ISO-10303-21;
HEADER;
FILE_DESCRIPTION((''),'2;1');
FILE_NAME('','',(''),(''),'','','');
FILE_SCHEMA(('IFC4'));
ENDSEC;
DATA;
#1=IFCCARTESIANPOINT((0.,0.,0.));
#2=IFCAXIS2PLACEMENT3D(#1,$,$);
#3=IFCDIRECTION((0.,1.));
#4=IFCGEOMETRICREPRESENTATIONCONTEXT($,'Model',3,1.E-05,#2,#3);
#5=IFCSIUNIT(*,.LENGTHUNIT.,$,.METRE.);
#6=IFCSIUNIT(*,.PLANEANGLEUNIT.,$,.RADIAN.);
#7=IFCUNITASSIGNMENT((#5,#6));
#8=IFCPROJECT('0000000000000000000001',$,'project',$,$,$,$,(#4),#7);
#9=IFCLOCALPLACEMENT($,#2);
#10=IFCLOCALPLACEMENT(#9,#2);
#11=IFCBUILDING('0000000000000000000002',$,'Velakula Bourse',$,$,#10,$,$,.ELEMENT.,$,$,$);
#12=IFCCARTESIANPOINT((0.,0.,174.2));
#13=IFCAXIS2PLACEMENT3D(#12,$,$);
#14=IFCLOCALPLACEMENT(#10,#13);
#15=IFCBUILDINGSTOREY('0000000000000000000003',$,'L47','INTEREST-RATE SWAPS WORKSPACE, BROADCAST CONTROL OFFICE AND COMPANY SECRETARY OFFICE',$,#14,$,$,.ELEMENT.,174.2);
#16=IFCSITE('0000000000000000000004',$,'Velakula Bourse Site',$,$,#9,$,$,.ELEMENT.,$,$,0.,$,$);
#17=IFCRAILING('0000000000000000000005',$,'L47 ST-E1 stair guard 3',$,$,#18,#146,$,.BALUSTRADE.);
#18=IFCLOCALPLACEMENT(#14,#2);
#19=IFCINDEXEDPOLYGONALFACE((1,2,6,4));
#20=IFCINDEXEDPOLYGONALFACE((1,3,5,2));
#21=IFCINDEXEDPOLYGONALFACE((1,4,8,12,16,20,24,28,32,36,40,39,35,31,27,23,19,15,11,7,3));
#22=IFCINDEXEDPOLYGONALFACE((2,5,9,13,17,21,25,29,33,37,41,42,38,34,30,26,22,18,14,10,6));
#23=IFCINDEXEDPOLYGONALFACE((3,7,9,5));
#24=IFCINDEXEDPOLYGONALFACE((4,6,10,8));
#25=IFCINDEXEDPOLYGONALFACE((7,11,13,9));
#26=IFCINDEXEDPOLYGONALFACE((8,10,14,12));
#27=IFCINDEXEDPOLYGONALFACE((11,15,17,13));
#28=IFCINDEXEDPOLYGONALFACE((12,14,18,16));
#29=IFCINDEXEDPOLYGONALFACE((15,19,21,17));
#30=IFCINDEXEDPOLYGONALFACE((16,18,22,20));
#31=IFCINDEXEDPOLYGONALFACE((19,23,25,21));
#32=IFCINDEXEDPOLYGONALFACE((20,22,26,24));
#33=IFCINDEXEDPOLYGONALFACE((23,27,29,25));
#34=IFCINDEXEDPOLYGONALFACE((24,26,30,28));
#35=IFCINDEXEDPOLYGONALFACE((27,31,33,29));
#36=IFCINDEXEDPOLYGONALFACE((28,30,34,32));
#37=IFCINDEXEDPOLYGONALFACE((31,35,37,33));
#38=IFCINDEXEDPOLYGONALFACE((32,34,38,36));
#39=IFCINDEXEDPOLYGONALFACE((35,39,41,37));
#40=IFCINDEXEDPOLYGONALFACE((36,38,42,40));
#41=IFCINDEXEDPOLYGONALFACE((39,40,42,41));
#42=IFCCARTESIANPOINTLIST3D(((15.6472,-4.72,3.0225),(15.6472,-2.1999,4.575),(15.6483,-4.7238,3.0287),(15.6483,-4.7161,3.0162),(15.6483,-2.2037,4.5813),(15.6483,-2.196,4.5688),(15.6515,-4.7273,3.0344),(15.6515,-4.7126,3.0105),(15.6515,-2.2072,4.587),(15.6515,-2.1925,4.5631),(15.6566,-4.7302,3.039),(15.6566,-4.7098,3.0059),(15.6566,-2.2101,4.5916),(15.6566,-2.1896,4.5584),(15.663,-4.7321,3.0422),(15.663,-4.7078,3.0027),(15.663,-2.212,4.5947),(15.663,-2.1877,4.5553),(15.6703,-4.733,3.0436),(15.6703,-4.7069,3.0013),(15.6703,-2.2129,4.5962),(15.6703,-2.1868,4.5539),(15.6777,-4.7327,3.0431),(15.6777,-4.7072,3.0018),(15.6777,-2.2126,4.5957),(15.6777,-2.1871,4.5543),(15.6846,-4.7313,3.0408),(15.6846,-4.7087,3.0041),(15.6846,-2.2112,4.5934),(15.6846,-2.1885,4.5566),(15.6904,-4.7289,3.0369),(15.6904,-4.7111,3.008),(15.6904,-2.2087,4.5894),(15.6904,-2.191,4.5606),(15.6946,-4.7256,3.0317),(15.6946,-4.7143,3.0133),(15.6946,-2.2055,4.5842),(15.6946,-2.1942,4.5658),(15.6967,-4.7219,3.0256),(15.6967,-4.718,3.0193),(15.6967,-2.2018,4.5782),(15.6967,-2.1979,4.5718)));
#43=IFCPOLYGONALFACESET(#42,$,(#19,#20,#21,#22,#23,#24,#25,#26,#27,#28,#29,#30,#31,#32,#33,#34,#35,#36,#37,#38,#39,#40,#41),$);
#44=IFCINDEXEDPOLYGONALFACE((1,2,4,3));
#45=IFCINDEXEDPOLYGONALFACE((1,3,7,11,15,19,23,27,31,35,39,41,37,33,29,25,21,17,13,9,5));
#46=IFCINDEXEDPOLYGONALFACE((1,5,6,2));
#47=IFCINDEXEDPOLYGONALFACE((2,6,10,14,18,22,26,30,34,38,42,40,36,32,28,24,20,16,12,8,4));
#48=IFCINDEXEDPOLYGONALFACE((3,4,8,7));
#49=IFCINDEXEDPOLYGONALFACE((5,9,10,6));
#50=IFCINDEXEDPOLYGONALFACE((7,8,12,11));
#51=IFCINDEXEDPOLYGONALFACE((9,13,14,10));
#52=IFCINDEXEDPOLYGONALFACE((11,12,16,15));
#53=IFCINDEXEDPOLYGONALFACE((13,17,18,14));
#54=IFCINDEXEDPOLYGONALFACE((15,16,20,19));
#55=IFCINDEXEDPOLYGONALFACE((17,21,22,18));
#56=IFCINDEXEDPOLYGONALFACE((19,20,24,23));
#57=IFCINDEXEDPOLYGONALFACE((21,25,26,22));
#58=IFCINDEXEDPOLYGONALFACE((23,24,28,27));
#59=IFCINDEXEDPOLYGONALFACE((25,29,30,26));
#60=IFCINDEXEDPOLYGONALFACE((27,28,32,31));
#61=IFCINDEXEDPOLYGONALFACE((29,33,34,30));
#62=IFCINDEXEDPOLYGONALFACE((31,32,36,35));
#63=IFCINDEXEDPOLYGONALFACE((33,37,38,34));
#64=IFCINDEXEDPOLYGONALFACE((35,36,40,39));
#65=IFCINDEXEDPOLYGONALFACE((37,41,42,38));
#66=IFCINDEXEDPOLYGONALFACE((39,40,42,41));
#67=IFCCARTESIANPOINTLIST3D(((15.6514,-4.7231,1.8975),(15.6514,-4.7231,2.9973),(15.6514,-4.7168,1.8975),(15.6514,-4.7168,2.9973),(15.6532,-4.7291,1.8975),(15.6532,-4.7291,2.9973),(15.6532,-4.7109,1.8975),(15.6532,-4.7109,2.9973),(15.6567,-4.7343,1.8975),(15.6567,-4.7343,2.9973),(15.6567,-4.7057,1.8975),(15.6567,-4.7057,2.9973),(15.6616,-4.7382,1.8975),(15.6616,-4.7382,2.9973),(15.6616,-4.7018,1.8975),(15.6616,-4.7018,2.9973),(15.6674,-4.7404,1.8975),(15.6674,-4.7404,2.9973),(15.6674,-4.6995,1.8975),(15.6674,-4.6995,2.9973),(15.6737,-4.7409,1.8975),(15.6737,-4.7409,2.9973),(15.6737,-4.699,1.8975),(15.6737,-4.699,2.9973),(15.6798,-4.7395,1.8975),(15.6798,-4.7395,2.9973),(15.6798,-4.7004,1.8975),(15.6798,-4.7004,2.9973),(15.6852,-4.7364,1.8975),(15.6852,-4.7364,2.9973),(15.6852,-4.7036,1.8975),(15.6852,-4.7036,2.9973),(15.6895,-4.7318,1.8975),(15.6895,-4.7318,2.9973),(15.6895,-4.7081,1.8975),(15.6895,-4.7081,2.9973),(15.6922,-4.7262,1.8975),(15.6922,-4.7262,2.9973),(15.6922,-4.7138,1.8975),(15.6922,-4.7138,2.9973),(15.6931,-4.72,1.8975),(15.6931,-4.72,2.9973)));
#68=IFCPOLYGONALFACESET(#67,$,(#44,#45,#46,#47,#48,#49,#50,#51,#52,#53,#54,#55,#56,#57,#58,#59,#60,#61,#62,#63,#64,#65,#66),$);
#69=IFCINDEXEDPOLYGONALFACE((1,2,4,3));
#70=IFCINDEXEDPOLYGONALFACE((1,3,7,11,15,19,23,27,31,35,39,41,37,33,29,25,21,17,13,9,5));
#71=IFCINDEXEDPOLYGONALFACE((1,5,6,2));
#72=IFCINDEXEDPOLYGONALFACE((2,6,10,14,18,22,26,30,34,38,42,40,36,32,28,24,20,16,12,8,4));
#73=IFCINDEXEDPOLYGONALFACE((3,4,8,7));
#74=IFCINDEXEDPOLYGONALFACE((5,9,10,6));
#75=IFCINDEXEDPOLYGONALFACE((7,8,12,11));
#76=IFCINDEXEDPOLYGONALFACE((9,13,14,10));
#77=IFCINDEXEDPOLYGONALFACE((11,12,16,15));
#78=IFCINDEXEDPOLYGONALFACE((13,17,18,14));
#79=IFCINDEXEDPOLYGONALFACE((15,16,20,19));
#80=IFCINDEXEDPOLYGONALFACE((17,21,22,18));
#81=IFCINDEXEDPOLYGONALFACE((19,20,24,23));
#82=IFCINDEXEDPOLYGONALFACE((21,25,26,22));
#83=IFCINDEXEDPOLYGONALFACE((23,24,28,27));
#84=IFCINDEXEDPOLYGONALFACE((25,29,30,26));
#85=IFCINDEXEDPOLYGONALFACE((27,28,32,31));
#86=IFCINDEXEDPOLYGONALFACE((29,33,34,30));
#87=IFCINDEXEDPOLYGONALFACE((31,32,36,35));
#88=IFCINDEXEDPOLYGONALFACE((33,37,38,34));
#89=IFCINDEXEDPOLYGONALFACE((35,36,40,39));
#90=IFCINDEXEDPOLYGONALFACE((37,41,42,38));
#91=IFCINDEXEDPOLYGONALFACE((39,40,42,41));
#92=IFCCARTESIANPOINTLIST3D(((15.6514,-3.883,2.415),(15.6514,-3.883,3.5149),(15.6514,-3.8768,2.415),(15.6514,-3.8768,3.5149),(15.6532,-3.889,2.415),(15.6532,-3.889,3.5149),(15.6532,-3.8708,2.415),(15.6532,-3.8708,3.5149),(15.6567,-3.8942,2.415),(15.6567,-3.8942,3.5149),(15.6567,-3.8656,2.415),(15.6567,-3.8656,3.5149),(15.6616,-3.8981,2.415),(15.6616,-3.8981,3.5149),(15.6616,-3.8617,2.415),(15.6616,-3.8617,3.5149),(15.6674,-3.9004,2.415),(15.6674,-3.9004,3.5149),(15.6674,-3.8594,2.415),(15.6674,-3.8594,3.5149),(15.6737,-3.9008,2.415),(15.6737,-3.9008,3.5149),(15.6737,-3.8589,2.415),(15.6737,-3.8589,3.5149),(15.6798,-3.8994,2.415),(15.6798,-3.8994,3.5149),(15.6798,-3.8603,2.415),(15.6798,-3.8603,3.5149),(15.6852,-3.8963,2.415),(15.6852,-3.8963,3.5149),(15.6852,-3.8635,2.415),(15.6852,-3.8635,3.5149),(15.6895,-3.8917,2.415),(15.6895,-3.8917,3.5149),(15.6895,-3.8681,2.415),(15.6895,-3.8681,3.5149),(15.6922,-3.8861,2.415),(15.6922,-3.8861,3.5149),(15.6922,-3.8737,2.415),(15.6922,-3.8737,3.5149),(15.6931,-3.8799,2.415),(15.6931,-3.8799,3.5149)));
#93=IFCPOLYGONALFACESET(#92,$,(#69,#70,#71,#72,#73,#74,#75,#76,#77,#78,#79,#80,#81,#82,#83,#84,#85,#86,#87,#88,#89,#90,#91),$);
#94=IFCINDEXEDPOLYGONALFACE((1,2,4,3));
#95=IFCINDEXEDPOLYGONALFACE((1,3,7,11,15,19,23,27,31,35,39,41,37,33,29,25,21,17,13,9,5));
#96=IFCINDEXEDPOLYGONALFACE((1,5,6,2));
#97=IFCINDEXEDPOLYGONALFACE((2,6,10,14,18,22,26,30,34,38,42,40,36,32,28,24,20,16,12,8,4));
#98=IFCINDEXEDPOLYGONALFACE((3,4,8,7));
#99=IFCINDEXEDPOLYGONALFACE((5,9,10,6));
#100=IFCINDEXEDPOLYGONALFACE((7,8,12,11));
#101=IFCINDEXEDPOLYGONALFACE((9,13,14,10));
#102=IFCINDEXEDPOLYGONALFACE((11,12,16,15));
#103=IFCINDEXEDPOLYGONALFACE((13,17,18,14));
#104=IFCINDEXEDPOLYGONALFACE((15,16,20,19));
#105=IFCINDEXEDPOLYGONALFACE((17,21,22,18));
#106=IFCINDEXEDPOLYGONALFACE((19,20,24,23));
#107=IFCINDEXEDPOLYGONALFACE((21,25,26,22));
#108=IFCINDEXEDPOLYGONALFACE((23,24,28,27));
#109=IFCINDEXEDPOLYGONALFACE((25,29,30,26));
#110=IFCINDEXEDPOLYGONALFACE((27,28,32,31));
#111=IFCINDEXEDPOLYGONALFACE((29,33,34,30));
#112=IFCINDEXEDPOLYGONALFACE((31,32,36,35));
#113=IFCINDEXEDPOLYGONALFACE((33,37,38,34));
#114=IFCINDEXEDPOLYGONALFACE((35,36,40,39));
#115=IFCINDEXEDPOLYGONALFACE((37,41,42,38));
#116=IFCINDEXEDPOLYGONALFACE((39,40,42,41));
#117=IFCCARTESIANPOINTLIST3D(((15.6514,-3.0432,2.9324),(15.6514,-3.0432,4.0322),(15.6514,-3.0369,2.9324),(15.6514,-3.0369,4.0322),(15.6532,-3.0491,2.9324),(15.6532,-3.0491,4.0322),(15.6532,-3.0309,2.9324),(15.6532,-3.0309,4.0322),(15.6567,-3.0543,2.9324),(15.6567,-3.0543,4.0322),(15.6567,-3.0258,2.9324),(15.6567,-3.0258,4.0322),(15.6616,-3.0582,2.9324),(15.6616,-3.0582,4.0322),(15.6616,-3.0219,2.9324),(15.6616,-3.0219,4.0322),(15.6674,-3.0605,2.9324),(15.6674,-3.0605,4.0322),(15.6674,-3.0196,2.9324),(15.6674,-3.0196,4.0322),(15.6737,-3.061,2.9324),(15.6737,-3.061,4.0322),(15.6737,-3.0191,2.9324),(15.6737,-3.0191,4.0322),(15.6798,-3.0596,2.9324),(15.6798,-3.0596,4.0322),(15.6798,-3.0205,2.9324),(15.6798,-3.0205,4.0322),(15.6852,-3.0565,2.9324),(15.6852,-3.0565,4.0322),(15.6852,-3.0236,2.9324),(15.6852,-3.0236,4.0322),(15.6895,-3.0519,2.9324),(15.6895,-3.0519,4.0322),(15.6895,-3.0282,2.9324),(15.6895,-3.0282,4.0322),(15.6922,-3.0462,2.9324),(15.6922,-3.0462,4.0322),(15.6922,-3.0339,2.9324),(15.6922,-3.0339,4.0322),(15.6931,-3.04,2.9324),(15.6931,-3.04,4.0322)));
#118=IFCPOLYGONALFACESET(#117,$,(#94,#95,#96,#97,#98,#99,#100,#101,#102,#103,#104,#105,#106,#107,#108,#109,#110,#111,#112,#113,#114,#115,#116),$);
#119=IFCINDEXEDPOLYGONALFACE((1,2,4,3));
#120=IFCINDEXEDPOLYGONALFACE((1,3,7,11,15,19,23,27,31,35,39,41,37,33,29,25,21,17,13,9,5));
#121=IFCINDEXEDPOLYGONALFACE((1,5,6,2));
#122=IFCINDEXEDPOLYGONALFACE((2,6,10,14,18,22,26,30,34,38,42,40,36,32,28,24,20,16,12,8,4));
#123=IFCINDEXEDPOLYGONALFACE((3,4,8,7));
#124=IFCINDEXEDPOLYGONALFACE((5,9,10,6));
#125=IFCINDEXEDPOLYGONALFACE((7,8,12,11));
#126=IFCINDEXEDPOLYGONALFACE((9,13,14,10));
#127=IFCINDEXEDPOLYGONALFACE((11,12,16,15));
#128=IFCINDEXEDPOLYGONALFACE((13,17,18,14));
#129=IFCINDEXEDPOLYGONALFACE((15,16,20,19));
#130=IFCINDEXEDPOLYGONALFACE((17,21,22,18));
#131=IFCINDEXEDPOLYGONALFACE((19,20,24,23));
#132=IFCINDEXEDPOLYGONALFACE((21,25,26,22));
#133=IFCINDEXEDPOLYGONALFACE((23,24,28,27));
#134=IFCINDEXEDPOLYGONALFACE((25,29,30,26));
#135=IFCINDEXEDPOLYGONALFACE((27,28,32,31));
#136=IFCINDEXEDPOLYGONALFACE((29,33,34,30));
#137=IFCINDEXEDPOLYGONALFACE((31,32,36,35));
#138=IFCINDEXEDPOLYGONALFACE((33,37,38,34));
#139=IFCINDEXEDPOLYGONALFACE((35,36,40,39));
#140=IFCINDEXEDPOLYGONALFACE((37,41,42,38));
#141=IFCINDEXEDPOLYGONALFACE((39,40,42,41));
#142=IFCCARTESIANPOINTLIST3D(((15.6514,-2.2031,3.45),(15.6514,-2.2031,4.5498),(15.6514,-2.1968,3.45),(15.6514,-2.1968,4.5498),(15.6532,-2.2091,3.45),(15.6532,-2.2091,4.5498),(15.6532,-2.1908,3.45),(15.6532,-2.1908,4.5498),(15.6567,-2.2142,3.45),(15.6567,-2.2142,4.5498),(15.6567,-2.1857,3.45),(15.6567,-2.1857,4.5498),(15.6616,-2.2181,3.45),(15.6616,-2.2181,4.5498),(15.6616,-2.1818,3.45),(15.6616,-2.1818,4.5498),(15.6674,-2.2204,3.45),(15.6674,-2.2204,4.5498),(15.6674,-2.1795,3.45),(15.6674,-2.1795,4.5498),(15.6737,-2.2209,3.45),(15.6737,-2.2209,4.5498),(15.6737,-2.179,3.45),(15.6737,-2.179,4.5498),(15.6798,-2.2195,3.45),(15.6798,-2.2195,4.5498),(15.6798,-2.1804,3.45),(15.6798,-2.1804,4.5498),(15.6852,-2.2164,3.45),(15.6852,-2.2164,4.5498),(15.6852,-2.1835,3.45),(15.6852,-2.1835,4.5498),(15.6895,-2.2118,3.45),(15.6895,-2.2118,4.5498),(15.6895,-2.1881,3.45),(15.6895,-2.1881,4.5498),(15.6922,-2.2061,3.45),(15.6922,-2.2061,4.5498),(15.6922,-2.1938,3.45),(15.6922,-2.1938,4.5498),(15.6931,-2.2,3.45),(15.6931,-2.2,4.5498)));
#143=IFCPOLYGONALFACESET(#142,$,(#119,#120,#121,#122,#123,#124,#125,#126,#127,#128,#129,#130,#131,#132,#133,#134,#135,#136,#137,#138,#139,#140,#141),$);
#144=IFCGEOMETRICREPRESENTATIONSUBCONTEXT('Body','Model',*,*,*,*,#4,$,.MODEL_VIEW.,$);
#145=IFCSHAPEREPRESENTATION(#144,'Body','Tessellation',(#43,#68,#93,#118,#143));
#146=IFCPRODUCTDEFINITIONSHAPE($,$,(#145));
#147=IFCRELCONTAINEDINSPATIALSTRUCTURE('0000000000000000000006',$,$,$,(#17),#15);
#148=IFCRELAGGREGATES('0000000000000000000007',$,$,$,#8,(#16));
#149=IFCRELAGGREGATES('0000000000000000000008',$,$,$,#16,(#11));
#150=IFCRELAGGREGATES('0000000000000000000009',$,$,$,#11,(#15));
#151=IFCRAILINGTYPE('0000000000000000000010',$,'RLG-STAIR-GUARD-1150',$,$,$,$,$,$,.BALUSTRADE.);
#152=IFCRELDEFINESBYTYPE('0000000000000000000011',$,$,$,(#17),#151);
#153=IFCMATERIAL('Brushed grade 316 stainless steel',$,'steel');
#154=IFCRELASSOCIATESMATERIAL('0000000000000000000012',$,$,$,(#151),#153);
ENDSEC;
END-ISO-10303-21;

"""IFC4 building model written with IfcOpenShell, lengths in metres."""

from ifc_helpers import new_model, si_unit, direction, frame, origin, origin_2d, place, context, subcontext, project, spatial, circle, extrude, material, type_object, element, save


model = new_model("IFC4")

# Units and contexts
model_context = context("Model", 3, precision=1e-05, world=origin(), true_north=direction((0.0, 1.0)))
body_context = subcontext(model_context, "Body", "Model", "MODEL_VIEW")
ifc_project = project(units=[si_unit("LENGTHUNIT", "METRE"), si_unit("PLANEANGLEUNIT", "RADIAN")], contexts=[model_context])

# Site, building, storey
site_placement = place(None, origin())
site = spatial("IfcSite", under=ifc_project, at=site_placement, Name="Velakula Bourse Site", CompositionType="ELEMENT", RefElevation=0.0)
building_placement = place(site_placement, origin())
building = spatial("IfcBuilding", under=site, at=building_placement, Name="Velakula Bourse", CompositionType="ELEMENT")
storey_placement = place(building_placement, frame((0.0, 0.0, 174.2)))
storey = spatial("IfcBuildingStorey", under=building, at=storey_placement, Name="L47", Description="INTEREST-RATE SWAPS WORKSPACE, BROADCAST CONTROL OFFICE AND COMPANY SECRETARY OFFICE", CompositionType="ELEMENT", Elevation=174.2)

# Shared definitions
ifc_material_1 = material(Name="Brushed grade 316 stainless steel", Category="steel")

# Railing
railing_type_1 = type_object("IfcRailingType", Name="RLG-STAIR-GUARD-1150", PredefinedType="BALUSTRADE", material=ifc_material_1)
railing_1_placement = place(storey_placement, frame((15.6721, -4.72, 1.8975)))
element("IfcRailing", 1, at=railing_1_placement, inside=storey, type_object=railing_type_1, Name="L47 ST-E1 stair guard 3", PredefinedType="BALUSTRADE", context=body_context, shape_type="SweptSolid", body=[
    extrude(circle(Radius=0.0249, at=origin_2d()), frame((0.0, 0.0, 1.125), z_axis=(0.0, 0.8514, 0.524516), x_axis=(-1.0, 0.0, 0.0)), (0.0, 0.0, 1.0), 2.96),
    extrude(circle(Radius=0.021, at=origin_2d()), origin(), (0.0, 0.0, 1.0), 1.0999),
    extrude(circle(Radius=0.021, at=origin_2d()), frame((0.0, 0.8401, 0.5176)), (0.0, 0.0, 1.0), 1.0999),
    extrude(circle(Radius=0.021, at=origin_2d()), frame((0.0, 1.6799, 1.0349)), (0.0, 0.0, 1.0), 1.0999),
    extrude(circle(Radius=0.021, at=origin_2d()), frame((0.0, 2.52, 1.5525)), (0.0, 0.0, 1.0), 1.0999),
])

save(model, "model.ifc")
